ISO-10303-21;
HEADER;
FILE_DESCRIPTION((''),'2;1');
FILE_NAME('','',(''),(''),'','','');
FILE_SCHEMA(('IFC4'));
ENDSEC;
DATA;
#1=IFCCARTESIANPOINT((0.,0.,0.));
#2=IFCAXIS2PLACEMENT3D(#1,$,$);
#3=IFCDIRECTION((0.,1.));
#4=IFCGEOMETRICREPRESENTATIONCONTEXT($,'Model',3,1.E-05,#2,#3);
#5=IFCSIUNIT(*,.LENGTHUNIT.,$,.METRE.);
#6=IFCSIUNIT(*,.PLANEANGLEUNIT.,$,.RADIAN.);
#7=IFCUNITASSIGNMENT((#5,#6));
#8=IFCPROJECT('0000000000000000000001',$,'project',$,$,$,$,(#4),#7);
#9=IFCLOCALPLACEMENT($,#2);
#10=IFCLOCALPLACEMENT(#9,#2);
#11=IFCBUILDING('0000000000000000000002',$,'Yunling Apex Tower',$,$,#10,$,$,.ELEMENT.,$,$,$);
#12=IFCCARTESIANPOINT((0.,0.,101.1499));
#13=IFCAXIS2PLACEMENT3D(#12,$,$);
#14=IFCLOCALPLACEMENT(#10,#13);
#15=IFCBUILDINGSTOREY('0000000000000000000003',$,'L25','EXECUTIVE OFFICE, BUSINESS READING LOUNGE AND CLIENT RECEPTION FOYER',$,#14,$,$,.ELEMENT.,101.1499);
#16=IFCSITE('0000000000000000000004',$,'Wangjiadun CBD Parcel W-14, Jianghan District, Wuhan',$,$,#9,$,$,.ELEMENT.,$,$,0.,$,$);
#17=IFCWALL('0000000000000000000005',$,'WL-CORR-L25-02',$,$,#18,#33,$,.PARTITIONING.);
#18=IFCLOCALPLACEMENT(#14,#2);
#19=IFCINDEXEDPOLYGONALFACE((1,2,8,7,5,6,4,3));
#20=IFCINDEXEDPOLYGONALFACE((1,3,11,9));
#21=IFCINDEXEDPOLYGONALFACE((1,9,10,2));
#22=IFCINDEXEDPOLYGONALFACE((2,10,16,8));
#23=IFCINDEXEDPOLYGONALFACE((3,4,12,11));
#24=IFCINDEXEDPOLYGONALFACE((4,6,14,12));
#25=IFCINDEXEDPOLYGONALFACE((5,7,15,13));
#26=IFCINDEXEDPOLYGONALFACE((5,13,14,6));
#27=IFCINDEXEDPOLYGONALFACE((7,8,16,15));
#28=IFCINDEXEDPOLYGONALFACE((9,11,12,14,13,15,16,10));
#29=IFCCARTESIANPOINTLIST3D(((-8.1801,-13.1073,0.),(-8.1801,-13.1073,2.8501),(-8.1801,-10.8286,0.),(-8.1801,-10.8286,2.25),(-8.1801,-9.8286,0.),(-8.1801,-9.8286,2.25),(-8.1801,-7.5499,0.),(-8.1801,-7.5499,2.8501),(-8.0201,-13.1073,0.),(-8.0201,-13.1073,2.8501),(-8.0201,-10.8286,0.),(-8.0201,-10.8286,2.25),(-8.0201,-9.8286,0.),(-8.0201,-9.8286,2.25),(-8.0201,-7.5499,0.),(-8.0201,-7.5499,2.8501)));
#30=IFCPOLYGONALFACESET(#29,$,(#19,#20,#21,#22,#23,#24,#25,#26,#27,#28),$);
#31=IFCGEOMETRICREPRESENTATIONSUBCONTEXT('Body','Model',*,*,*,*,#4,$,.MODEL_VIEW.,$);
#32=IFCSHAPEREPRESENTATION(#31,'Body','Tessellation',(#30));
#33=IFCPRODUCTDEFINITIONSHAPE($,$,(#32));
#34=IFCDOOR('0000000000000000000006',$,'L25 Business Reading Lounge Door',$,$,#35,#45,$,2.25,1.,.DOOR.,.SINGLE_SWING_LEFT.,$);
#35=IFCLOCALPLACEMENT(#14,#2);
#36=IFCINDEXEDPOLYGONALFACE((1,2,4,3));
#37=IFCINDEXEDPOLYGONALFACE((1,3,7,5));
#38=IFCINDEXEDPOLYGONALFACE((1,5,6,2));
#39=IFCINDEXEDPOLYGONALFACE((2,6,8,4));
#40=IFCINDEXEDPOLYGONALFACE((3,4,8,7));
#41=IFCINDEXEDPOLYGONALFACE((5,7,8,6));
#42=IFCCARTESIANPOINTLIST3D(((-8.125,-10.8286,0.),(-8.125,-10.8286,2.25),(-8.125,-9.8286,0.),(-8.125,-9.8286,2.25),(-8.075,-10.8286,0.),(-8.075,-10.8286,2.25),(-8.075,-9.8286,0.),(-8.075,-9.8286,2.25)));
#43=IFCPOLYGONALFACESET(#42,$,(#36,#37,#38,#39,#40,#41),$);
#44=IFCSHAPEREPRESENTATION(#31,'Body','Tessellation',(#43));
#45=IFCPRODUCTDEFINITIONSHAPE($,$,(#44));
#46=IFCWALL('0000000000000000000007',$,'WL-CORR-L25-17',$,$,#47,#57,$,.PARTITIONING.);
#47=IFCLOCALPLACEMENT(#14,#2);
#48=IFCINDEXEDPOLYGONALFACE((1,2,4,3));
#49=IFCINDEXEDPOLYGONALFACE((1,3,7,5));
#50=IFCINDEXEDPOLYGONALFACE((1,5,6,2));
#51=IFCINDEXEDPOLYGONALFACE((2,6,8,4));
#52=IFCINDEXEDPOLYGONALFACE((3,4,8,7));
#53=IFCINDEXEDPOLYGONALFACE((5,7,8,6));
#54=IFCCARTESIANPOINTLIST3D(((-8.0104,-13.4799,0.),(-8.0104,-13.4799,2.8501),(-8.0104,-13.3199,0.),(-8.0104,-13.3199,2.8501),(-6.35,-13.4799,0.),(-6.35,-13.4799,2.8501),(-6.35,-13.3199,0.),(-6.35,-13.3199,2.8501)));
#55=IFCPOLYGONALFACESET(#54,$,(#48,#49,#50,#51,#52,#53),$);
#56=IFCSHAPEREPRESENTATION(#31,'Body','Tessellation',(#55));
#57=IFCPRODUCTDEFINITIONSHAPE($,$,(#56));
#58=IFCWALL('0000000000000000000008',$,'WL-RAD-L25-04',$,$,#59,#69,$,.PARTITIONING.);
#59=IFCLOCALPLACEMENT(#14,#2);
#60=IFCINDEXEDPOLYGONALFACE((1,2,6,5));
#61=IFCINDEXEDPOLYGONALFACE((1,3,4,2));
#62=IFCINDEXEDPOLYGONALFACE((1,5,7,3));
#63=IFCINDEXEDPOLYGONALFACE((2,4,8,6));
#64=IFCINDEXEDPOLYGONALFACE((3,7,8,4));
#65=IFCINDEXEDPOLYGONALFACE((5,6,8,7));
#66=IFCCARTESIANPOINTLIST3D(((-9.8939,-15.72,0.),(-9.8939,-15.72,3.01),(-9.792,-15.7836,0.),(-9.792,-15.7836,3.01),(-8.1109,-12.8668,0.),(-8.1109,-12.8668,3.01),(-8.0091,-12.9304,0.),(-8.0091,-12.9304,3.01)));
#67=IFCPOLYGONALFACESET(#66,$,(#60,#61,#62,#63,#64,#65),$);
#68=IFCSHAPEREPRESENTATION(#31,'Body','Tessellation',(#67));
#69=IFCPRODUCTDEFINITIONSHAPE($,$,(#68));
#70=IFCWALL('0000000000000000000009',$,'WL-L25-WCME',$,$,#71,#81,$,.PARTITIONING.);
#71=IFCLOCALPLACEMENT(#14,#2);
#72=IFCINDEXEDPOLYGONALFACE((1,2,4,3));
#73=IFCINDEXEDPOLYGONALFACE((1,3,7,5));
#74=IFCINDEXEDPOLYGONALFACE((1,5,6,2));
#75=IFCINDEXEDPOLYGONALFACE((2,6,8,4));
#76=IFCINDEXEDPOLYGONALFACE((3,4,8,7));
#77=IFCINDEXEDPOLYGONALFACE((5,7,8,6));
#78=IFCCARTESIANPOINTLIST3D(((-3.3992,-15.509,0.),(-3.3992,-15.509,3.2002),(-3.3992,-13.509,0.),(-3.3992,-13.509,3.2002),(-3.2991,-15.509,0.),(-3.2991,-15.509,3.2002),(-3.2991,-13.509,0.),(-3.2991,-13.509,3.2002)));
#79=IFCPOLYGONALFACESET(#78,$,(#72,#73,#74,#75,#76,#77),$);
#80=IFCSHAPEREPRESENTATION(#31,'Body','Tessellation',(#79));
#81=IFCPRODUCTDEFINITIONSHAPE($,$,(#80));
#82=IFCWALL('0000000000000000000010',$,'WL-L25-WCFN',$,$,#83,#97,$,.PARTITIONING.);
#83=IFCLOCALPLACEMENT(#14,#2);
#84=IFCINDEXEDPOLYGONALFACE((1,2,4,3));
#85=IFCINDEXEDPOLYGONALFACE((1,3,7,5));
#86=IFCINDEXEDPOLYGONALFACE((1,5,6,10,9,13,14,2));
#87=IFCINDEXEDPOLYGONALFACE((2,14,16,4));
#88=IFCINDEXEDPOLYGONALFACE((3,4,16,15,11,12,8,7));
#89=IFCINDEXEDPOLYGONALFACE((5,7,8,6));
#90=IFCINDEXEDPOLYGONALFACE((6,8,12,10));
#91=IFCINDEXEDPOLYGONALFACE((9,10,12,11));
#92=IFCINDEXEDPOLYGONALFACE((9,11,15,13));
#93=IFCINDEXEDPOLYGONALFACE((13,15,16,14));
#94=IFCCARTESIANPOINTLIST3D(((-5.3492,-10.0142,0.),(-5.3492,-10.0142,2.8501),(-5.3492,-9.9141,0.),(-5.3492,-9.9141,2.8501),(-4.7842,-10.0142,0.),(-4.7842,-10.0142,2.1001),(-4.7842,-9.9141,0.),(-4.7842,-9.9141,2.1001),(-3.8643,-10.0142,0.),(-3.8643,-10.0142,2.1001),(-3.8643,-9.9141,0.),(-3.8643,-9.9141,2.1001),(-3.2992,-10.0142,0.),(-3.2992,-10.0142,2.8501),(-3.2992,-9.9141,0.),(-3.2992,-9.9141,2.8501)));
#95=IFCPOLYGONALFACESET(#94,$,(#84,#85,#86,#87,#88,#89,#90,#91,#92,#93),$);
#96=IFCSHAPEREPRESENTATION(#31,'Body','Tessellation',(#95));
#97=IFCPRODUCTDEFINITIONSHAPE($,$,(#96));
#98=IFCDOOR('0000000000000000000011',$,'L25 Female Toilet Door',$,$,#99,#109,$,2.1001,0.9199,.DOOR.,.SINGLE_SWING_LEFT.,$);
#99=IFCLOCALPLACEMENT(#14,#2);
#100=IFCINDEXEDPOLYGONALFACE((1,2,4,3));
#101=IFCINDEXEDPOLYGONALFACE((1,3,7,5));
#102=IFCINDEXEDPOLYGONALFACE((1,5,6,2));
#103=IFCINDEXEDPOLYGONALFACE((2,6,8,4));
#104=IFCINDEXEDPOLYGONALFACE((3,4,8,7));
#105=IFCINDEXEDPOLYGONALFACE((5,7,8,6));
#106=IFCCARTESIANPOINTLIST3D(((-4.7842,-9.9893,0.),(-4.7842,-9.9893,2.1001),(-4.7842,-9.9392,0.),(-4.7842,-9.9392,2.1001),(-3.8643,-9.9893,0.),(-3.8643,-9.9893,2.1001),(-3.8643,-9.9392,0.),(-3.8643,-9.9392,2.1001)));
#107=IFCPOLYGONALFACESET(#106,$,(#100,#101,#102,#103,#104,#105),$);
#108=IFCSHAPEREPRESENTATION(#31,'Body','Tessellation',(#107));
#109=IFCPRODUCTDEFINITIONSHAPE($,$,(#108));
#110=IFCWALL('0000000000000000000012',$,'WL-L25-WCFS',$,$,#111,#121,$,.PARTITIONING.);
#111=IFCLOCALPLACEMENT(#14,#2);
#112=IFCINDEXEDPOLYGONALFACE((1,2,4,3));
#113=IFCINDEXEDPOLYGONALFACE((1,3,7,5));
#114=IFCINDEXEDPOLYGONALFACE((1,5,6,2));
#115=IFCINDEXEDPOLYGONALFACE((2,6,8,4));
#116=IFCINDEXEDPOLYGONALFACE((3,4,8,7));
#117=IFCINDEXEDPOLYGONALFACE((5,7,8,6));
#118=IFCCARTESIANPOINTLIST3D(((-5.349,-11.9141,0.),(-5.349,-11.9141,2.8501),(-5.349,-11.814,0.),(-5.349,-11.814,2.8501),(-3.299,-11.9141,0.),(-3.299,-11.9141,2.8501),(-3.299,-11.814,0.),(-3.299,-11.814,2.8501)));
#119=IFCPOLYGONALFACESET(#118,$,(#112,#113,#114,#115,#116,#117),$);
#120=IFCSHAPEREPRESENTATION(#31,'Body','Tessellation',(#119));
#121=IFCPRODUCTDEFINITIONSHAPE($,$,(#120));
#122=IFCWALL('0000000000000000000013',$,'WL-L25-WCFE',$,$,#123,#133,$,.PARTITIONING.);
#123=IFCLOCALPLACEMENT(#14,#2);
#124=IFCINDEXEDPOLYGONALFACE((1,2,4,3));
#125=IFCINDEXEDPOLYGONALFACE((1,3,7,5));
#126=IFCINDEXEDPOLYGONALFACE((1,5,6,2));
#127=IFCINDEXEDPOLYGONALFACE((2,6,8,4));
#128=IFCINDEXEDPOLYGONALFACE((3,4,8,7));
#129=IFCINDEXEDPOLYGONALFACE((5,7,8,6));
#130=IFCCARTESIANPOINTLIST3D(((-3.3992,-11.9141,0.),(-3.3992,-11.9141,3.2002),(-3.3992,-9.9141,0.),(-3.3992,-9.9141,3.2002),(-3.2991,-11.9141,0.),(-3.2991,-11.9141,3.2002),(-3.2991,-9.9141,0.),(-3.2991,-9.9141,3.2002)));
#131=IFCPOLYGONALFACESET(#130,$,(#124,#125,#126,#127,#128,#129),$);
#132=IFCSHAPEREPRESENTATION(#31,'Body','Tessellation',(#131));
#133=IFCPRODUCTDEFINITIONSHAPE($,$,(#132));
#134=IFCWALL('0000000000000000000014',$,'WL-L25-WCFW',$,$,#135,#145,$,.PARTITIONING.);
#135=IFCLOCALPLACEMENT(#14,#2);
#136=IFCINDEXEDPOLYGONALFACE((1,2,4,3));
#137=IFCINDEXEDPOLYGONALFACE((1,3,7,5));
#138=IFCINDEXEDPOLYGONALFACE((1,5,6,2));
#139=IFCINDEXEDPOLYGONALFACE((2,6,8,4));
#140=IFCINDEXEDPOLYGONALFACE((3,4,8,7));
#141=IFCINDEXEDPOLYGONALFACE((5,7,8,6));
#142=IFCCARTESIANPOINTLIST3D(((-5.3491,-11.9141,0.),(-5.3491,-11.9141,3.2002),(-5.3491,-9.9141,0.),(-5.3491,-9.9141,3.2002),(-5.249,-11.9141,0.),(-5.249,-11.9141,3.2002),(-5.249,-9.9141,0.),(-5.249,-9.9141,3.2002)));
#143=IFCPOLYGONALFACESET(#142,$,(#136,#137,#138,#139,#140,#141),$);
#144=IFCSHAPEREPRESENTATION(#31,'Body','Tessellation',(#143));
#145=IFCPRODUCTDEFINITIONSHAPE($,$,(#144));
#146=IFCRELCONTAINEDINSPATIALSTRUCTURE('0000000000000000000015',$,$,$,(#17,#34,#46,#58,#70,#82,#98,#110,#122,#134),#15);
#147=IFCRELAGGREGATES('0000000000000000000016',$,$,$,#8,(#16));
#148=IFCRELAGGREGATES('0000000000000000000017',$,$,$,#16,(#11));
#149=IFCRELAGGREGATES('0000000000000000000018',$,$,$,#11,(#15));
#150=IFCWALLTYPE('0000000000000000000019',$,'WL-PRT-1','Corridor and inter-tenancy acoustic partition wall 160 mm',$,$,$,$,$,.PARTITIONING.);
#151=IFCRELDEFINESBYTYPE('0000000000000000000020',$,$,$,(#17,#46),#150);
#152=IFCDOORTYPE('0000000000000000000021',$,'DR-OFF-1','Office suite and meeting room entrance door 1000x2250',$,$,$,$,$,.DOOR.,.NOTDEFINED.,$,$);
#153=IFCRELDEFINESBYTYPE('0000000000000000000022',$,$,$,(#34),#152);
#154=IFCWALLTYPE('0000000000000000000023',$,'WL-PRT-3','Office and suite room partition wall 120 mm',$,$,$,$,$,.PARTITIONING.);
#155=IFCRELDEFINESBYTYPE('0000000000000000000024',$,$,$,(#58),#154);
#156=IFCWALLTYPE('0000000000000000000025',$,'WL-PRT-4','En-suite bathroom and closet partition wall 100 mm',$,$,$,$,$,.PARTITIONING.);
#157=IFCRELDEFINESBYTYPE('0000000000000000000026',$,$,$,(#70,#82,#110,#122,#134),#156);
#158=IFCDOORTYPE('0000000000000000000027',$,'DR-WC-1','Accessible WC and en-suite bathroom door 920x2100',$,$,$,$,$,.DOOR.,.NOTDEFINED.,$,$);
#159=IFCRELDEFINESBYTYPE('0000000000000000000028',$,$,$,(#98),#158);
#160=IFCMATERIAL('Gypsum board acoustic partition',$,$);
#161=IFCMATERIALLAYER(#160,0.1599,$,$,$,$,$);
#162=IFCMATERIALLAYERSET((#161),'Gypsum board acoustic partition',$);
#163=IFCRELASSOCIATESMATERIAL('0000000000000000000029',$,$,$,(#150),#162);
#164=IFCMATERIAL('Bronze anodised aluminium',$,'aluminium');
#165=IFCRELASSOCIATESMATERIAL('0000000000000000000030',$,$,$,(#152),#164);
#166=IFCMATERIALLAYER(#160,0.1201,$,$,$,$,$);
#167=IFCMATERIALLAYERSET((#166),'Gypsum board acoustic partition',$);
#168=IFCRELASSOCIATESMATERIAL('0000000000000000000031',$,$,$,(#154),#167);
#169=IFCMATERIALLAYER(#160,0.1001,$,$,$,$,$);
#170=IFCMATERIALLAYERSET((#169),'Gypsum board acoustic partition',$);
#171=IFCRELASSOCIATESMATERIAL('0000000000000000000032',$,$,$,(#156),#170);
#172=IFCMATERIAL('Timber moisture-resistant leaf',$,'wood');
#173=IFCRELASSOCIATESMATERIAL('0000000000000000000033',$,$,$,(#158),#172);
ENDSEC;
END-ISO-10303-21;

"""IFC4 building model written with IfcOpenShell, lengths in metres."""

from ifc_helpers import new_model, si_unit, direction, frame, frame_2d, origin, place, context, subcontext, project, spatial, rectangle, extrude, material, layer, layer_set, type_object, element, fill, save


model = new_model("IFC4")

# Units and contexts
model_context = context("Model", 3, precision=1e-05, world=origin(), true_north=direction((0.0, 1.0)))
body_context = subcontext(model_context, "Body", "Model", "MODEL_VIEW")
ifc_project = project(units=[si_unit("LENGTHUNIT", "METRE"), si_unit("PLANEANGLEUNIT", "RADIAN")], contexts=[model_context])

# Site, building, storey
site_placement = place(None, origin())
site = spatial("IfcSite", under=ifc_project, at=site_placement, Name="Wangjiadun CBD Parcel W-14, Jianghan District, Wuhan", CompositionType="ELEMENT", RefElevation=0.0)
building_placement = place(site_placement, origin())
building = spatial("IfcBuilding", under=site, at=building_placement, Name="Yunling Apex Tower", CompositionType="ELEMENT")
storey_placement = place(building_placement, frame((0.0, 0.0, 101.1499)))
storey = spatial("IfcBuildingStorey", under=building, at=storey_placement, Name="L25", Description="EXECUTIVE OFFICE, BUSINESS READING LOUNGE AND CLIENT RECEPTION FOYER", CompositionType="ELEMENT", Elevation=101.1499)

# Shared definitions
ifc_material_1 = material(Name="Bronze anodised aluminium", Category="aluminium")

# Wall, opening, door
ifc_material_2 = material(Name="Gypsum board acoustic partition")
ifc_layer_1 = layer(ifc_material_2, 0.1599)
ifc_layer_set_1 = layer_set([ifc_layer_1], Name="Gypsum board acoustic partition")
wall_type_1 = type_object("IfcWallType", Name="WL-PRT-1", Description="Corridor and inter-tenancy acoustic partition wall 160 mm", PredefinedType="PARTITIONING", material=ifc_layer_set_1)
wall_1_placement = place(storey_placement, frame((-8.1001, -13.1074, 0.0), z_axis=(0.0, 0.0, 1.0), x_axis=(0.0, 1.0, 0.0)))
wall_1 = element("IfcWall", 1, at=wall_1_placement, inside=storey, type_object=wall_type_1, Name="WL-CORR-L25-02", PredefinedType="PARTITIONING", context=body_context, shape_type="SweptSolid", body=[
    extrude(rectangle(XDim=5.5574, YDim=0.1599, at=frame_2d((2.7788, 0.0))), origin(), (0.0, 0.0, 1.0), 2.8501),
])
opening_1_placement = place(wall_1_placement, frame((2.2788, 0.0, 0.0)))
opening_1 = element("IfcOpeningElement", 2, at=opening_1_placement, cuts=wall_1, PredefinedType="OPENING", context=body_context, shape_type="SweptSolid", body=[
    extrude(rectangle(XDim=1.0, YDim=2.25, at=frame_2d((0.5, 1.125))), frame((0.0, 0.0898, 0.0), z_axis=(0.0, -1.0, 0.0), x_axis=(1.0, 0.0, 0.0)), (0.0, 0.0, 1.0), 0.1799),
])
door_type_1 = type_object("IfcDoorType", Name="DR-OFF-1", Description="Office suite and meeting room entrance door 1000x2250", OperationType="NOTDEFINED", PredefinedType="DOOR", material=ifc_material_1)
door_1_placement = place(opening_1_placement, origin())
door_1 = element("IfcDoor", 3, at=door_1_placement, inside=storey, type_object=door_type_1, Name="L25 Business Reading Lounge Door", OperationType="SINGLE_SWING_LEFT", OverallHeight=2.25, OverallWidth=1.0, PredefinedType="DOOR", context=body_context, shape_type="SweptSolid", body=[
    extrude(rectangle(XDim=1.0, YDim=2.25, at=frame_2d((0.5, 1.125))), frame((0.0, 0.0249, 0.0), z_axis=(0.0, -1.0, 0.0), x_axis=(1.0, 0.0, 0.0)), (0.0, 0.0, 1.0), 0.05),
])
fill(opening_1, door_1)

# Walls
wall_2_placement = place(storey_placement, frame((-6.3501, -13.3999, 0.0), z_axis=(0.0, 0.0, 1.0), x_axis=(-1.0, 0.0, 0.0)))
element("IfcWall", 4, at=wall_2_placement, inside=storey, type_object=wall_type_1, Name="WL-CORR-L25-17", PredefinedType="PARTITIONING", context=body_context, shape_type="SweptSolid", body=[
    extrude(rectangle(XDim=1.6604, YDim=0.1599, at=frame_2d((0.8301, 0.0))), origin(), (0.0, 0.0, 1.0), 2.8501),
])
ifc_layer_2 = layer(ifc_material_2, 0.1201)
ifc_layer_set_2 = layer_set([ifc_layer_2], Name="Gypsum board acoustic partition")
wall_type_2 = type_object("IfcWallType", Name="WL-PRT-3", Description="Office and suite room partition wall 120 mm", PredefinedType="PARTITIONING", material=ifc_layer_set_2)
wall_3_placement = place(storey_placement, frame((-8.0601, -12.8987, 0.0), z_axis=(0.0, 0.0, 1.0), x_axis=(-0.529927, -0.848043, 0.0)))
element("IfcWall", 5, at=wall_3_placement, inside=storey, type_object=wall_type_2, Name="WL-RAD-L25-04", PredefinedType="PARTITIONING", context=body_context, shape_type="SweptSolid", body=[
    extrude(rectangle(XDim=3.3645, YDim=0.1201, at=frame_2d((1.6821, 0.0))), origin(), (0.0, 0.0, 1.0), 3.01),
])
ifc_layer_3 = layer(ifc_material_2, 0.1001)
ifc_layer_set_3 = layer_set([ifc_layer_3], Name="Gypsum board acoustic partition")
wall_type_3 = type_object("IfcWallType", Name="WL-PRT-4", Description="En-suite bathroom and closet partition wall 100 mm", PredefinedType="PARTITIONING", material=ifc_layer_set_3)
wall_4_placement = place(storey_placement, frame((-3.3491, -13.509, 0.0), z_axis=(0.0, 0.0, 1.0), x_axis=(0.0, -1.0, 0.0)))
element("IfcWall", 6, at=wall_4_placement, inside=storey, type_object=wall_type_3, Name="WL-L25-WCME", PredefinedType="PARTITIONING", context=body_context, shape_type="SweptSolid", body=[
    extrude(rectangle(XDim=2.0, YDim=0.1001, at=frame_2d((1.0, 0.0))), origin(), (0.0, 0.0, 1.0), 3.2002),
])

# Wall, opening, door
wall_5_placement = place(storey_placement, frame((-5.3491, -9.9641, 0.0), z_axis=(0.0, 0.0, 1.0), x_axis=(1.0, 0.0, 0.0)))
wall_5 = element("IfcWall", 7, at=wall_5_placement, inside=storey, type_object=wall_type_3, Name="WL-L25-WCFN", PredefinedType="PARTITIONING", context=body_context, shape_type="SweptSolid", body=[
    extrude(rectangle(XDim=2.05, YDim=0.1001, at=frame_2d((1.0249, 0.0))), origin(), (0.0, 0.0, 1.0), 2.8501),
])
opening_2_placement = place(wall_5_placement, frame((0.5649, 0.0, 0.0)))
opening_2 = element("IfcOpeningElement", 8, at=opening_2_placement, cuts=wall_5, PredefinedType="OPENING", context=body_context, shape_type="SweptSolid", body=[
    extrude(rectangle(XDim=0.9199, YDim=2.1001, at=frame_2d((0.46, 1.05))), frame((0.0, 0.0601, 0.0), z_axis=(0.0, -1.0, 0.0), x_axis=(1.0, 0.0, 0.0)), (0.0, 0.0, 1.0), 0.1201),
])
ifc_material_3 = material(Name="Timber moisture-resistant leaf", Category="wood")
door_type_2 = type_object("IfcDoorType", Name="DR-WC-1", Description="Accessible WC and en-suite bathroom door 920x2100", OperationType="NOTDEFINED", PredefinedType="DOOR", material=ifc_material_3)
door_2_placement = place(opening_2_placement, origin())
door_2 = element("IfcDoor", 9, at=door_2_placement, inside=storey, type_object=door_type_2, Name="L25 Female Toilet Door", OperationType="SINGLE_SWING_LEFT", OverallHeight=2.1001, OverallWidth=0.9199, PredefinedType="DOOR", context=body_context, shape_type="SweptSolid", body=[
    extrude(rectangle(XDim=0.9199, YDim=2.1001, at=frame_2d((0.46, 1.05))), frame((0.0, 0.0249, 0.0), z_axis=(0.0, -1.0, 0.0), x_axis=(1.0, 0.0, 0.0)), (0.0, 0.0, 1.0), 0.05),
])
fill(opening_2, door_2)

# Walls
wall_6_placement = place(storey_placement, frame((-3.2991, -11.864, 0.0), z_axis=(0.0, 0.0, 1.0), x_axis=(-1.0, 0.0, 0.0)))
element("IfcWall", 10, at=wall_6_placement, inside=storey, type_object=wall_type_3, Name="WL-L25-WCFS", PredefinedType="PARTITIONING", context=body_context, shape_type="SweptSolid", body=[
    extrude(rectangle(XDim=2.05, YDim=0.1001, at=frame_2d((1.0249, 0.0))), origin(), (0.0, 0.0, 1.0), 2.8501),
])
for number, where, z_axis, x_axis, name in (
    (11, (-3.3491, -9.9141, 0.0), (0.0, 0.0, 1.0), (0.0, -1.0, 0.0), "WL-L25-WCFE"),
    (12, (-5.2991, -11.9141, 0.0), (0.0, 0.0, 1.0), (0.0, 1.0, 0.0), "WL-L25-WCFW"),
):
    element("IfcWall", number, at=place(storey_placement, frame(where, z_axis=z_axis, x_axis=x_axis)), inside=storey, type_object=wall_type_3, Name=name, PredefinedType="PARTITIONING", context=body_context, shape_type="SweptSolid", body=[
        extrude(rectangle(XDim=2.0, YDim=0.1001, at=frame_2d((1.0, 0.0))), origin(), (0.0, 0.0, 1.0), 3.2002),
    ])

save(model, "model.ifc")
